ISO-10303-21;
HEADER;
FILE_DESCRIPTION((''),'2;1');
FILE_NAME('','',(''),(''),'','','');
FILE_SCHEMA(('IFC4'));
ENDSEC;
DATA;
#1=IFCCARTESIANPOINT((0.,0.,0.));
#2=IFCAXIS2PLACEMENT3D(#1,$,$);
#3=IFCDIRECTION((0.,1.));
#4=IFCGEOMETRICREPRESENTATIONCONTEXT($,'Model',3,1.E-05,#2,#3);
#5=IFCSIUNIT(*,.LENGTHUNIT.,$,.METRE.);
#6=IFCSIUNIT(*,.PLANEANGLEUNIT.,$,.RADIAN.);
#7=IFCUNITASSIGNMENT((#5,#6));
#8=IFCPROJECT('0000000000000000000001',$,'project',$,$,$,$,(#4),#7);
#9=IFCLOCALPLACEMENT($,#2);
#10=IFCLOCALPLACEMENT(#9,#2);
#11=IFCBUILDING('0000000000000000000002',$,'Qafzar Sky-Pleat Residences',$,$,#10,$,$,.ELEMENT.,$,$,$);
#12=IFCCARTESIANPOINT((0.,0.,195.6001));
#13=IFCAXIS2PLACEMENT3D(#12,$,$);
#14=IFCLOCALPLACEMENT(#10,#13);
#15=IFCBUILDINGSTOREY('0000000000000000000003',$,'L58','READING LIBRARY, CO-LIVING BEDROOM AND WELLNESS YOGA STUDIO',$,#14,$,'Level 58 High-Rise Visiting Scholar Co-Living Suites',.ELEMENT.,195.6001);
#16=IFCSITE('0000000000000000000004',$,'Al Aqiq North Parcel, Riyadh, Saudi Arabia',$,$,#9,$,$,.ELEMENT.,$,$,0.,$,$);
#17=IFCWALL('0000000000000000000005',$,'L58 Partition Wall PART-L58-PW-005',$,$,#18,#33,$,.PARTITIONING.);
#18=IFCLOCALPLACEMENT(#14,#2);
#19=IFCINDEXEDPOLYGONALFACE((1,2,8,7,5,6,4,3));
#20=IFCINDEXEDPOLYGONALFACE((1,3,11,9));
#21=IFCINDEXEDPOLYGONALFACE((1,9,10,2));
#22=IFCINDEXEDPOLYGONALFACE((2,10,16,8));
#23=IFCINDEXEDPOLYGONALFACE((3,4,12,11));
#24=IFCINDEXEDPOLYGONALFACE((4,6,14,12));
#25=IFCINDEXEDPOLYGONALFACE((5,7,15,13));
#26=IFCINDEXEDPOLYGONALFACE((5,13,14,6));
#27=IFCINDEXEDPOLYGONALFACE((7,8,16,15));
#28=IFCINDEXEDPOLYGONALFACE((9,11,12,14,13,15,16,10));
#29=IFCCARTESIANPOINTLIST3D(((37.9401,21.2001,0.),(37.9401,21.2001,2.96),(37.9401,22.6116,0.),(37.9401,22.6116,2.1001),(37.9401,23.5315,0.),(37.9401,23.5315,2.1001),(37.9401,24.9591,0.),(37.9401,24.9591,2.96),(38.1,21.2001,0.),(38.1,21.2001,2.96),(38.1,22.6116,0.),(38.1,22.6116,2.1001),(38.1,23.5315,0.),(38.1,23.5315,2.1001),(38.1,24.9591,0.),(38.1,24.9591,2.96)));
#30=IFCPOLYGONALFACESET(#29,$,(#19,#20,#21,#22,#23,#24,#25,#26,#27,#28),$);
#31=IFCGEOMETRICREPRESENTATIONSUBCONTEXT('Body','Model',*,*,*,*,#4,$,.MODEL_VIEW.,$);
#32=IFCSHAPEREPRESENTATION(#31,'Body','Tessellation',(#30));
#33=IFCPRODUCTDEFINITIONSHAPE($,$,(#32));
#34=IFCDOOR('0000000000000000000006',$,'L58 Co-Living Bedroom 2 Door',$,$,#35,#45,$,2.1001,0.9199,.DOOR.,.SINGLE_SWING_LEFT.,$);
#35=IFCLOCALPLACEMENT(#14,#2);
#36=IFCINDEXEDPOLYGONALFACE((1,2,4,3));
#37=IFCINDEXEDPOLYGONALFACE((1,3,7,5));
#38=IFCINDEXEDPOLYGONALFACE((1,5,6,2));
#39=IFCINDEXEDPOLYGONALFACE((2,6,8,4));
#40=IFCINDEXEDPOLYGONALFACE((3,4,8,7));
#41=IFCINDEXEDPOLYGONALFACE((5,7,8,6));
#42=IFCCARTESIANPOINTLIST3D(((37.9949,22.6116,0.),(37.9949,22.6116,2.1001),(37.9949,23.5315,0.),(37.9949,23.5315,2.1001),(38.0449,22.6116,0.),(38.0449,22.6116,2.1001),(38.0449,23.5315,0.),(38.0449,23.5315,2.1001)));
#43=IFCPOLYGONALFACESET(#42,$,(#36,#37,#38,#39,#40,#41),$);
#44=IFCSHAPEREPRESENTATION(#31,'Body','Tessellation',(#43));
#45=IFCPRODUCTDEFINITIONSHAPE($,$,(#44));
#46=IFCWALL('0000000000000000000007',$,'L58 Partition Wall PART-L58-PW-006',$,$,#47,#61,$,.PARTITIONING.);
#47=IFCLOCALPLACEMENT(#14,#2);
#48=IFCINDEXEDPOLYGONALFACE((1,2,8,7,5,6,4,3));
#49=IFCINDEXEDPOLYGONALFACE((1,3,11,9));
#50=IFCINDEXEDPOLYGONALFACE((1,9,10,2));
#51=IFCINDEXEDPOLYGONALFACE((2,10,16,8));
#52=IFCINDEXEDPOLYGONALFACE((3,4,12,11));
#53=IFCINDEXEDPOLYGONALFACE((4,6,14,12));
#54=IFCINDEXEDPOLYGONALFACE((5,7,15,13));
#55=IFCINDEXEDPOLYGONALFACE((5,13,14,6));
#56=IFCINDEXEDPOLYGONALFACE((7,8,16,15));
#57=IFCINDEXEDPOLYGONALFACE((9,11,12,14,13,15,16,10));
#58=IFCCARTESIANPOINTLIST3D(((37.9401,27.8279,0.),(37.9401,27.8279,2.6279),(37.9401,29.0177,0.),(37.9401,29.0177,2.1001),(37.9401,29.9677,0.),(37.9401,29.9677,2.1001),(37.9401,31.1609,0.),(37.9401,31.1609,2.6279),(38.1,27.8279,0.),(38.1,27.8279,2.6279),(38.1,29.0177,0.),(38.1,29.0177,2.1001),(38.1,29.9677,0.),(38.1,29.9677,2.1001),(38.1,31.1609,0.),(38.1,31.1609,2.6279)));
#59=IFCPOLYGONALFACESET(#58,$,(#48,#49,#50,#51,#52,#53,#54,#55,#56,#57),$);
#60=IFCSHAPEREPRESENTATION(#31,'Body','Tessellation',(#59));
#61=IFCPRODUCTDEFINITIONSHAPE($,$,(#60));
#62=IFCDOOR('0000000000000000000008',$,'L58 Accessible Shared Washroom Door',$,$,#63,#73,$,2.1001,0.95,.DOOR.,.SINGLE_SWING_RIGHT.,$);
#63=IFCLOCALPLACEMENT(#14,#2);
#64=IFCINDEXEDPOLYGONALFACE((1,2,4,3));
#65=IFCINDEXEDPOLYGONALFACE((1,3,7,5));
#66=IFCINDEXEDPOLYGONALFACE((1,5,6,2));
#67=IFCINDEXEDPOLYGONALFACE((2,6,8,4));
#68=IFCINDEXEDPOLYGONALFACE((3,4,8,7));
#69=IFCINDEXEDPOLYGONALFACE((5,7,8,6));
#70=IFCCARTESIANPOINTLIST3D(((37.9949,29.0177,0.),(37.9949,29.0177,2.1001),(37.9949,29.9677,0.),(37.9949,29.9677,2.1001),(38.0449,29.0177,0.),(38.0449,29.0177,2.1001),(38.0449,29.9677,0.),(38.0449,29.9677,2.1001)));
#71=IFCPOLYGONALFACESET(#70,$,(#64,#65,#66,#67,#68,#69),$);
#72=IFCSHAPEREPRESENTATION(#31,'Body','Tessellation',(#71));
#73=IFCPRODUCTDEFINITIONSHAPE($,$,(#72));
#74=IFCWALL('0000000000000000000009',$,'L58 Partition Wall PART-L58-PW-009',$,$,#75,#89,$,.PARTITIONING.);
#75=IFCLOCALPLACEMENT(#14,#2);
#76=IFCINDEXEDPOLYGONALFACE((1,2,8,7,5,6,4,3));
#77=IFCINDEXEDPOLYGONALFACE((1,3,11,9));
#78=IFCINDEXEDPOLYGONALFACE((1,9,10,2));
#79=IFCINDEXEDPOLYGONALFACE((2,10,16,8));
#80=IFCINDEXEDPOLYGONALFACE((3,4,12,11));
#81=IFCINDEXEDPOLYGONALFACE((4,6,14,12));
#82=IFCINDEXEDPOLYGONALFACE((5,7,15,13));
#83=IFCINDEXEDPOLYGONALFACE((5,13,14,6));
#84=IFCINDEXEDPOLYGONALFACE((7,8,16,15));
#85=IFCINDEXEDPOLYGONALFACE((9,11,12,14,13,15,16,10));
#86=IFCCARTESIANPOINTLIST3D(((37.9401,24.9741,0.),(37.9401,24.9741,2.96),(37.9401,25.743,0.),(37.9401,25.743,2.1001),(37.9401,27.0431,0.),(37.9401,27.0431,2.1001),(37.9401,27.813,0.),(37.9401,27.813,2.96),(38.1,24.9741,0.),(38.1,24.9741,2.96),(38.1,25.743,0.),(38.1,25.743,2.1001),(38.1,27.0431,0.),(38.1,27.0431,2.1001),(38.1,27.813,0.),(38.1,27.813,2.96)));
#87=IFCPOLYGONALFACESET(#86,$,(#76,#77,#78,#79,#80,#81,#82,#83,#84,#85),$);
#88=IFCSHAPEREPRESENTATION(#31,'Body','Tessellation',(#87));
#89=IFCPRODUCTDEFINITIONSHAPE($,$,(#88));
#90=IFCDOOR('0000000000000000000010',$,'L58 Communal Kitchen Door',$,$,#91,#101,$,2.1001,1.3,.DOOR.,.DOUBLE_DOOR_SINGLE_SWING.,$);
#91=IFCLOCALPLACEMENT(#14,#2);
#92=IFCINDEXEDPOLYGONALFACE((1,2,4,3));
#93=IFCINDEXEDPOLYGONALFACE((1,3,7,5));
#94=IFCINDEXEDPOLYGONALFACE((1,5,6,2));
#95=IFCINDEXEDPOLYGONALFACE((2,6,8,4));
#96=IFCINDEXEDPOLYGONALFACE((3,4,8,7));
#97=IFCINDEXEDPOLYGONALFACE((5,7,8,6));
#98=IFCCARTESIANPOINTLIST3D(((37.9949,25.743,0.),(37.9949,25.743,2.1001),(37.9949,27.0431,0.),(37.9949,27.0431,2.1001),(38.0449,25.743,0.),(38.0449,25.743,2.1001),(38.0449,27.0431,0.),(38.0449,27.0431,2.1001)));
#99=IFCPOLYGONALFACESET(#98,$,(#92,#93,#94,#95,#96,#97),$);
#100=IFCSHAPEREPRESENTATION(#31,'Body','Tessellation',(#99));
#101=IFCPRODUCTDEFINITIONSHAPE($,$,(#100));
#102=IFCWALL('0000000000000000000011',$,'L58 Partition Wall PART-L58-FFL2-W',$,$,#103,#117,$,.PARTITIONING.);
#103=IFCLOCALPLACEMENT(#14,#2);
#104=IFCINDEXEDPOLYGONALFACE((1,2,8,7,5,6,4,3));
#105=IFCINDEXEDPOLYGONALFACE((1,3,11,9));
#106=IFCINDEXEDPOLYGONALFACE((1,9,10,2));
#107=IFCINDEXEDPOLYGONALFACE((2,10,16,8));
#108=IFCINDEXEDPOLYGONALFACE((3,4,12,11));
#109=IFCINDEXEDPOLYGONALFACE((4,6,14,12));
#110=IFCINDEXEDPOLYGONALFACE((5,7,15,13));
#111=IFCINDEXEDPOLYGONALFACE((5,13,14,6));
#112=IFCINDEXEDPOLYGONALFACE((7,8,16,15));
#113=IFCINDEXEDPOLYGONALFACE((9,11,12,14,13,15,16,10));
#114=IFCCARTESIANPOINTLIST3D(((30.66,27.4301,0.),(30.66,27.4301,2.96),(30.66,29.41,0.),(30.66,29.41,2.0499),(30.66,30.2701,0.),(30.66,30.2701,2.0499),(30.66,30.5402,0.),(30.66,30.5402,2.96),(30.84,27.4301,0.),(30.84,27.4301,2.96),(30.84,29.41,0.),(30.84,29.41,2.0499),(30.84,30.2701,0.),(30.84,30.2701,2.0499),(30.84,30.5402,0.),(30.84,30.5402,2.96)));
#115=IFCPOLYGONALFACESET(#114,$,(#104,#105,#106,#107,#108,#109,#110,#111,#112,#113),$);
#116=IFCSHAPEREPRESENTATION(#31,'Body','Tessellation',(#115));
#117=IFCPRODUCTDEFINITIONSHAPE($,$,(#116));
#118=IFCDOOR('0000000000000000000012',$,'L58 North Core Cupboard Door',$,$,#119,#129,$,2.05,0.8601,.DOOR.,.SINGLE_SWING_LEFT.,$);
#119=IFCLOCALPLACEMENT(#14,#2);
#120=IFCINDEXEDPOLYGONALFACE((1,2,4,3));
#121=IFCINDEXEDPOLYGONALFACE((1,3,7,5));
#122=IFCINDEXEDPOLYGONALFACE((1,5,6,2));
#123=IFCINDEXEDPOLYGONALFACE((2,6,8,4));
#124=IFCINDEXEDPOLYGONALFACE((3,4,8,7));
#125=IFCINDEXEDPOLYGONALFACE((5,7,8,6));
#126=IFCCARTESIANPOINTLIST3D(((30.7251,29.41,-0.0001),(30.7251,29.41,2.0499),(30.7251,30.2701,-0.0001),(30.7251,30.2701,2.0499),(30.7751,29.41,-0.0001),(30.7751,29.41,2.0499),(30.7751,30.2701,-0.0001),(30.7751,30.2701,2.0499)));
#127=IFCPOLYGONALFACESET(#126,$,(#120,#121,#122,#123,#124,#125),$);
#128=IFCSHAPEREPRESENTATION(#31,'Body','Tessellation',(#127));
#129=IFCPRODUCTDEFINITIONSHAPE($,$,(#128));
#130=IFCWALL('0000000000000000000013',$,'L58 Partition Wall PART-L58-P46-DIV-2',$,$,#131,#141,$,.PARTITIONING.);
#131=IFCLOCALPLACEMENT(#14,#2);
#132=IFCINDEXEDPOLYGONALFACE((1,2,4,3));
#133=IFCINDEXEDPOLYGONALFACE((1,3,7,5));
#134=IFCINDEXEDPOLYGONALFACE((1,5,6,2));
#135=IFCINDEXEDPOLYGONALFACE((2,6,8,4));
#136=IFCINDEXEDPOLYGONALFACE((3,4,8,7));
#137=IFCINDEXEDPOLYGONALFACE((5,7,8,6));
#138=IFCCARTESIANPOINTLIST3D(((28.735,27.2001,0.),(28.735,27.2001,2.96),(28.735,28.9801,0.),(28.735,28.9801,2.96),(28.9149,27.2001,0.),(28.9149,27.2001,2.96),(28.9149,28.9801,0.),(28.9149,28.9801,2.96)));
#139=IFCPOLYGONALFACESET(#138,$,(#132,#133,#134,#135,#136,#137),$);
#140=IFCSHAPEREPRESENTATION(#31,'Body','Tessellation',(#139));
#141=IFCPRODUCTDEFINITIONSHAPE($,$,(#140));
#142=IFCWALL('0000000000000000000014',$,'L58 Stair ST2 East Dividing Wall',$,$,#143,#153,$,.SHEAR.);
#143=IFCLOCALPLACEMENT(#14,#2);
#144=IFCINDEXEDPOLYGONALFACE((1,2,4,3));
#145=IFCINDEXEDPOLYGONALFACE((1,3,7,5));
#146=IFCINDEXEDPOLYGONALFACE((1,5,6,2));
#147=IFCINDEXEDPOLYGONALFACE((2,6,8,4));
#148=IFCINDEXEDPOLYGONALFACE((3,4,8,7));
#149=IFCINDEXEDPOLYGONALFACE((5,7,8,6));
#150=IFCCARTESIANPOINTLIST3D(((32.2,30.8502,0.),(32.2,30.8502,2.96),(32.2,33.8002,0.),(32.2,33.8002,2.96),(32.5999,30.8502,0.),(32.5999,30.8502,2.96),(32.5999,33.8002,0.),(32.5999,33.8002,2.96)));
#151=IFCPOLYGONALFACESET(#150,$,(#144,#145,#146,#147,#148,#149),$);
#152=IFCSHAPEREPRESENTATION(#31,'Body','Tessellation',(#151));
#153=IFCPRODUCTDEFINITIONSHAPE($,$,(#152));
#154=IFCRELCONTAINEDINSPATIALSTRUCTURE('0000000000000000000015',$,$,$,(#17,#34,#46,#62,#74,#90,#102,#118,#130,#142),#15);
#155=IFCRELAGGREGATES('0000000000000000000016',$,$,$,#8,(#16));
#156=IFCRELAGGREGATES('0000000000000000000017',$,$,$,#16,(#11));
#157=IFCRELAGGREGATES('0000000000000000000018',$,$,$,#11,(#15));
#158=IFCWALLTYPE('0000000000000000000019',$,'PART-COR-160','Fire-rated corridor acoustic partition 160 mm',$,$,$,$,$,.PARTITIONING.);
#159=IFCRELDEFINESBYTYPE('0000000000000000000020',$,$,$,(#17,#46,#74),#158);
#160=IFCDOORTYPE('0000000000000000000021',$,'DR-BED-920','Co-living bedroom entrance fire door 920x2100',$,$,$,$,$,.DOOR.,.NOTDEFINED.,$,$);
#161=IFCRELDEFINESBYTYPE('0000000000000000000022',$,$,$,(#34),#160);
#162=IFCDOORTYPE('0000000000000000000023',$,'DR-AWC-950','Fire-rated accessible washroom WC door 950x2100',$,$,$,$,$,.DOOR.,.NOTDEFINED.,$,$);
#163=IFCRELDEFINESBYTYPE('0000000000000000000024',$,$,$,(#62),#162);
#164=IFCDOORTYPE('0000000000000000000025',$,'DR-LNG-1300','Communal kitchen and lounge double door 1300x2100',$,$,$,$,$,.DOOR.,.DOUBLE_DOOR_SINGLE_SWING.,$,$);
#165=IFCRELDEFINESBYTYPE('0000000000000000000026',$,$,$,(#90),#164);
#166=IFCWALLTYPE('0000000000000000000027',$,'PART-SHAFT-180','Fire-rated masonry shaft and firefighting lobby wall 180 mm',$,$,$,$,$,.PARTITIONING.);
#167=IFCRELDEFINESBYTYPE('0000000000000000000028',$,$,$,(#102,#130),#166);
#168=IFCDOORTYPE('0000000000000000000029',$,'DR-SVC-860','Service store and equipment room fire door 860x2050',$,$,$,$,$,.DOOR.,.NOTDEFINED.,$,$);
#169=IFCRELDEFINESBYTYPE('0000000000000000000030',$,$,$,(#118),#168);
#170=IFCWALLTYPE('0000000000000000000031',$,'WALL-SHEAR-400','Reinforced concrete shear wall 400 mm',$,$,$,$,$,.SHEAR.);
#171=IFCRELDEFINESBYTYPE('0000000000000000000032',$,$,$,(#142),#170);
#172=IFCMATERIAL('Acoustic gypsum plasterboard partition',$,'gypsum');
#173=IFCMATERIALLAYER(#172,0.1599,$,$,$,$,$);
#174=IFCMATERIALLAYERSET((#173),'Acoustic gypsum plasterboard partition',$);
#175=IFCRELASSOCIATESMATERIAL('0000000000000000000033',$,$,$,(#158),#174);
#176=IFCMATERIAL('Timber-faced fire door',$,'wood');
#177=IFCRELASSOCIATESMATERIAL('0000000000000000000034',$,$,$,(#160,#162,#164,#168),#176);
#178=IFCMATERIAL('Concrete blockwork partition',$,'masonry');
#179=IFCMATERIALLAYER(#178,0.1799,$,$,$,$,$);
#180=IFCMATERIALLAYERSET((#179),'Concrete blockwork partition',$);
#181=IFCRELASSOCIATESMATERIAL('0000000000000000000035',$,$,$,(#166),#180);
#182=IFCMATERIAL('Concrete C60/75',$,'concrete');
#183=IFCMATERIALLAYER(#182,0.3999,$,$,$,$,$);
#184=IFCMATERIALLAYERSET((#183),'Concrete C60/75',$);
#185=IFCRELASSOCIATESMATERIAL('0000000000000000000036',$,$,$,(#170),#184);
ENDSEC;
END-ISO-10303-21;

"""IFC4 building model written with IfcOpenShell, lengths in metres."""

from ifc_helpers import new_model, si_unit, direction, frame, frame_2d, origin, place, context, subcontext, project, spatial, rectangle, extrude, source, transform, mapped, material, layer, layer_set, type_object, element, fill, save


model = new_model("IFC4")

# Units and contexts
model_context = context("Model", 3, precision=1e-05, world=origin(), true_north=direction((0.0, 1.0)))
body_context = subcontext(model_context, "Body", "Model", "MODEL_VIEW")
ifc_project = project(units=[si_unit("LENGTHUNIT", "METRE"), si_unit("PLANEANGLEUNIT", "RADIAN")], contexts=[model_context])

# Site, building, storey
site_placement = place(None, origin())
site = spatial("IfcSite", under=ifc_project, at=site_placement, Name="Al Aqiq North Parcel, Riyadh, Saudi Arabia", CompositionType="ELEMENT", RefElevation=0.0)
building_placement = place(site_placement, origin())
building = spatial("IfcBuilding", under=site, at=building_placement, Name="Qafzar Sky-Pleat Residences", CompositionType="ELEMENT")
storey_placement = place(building_placement, frame((0.0, 0.0, 195.6001)))
storey = spatial("IfcBuildingStorey", under=building, at=storey_placement, Name="L58", Description="READING LIBRARY, CO-LIVING BEDROOM AND WELLNESS YOGA STUDIO", LongName="Level 58 High-Rise Visiting Scholar Co-Living Suites", CompositionType="ELEMENT", Elevation=195.6001)

# Walls, openings, doors
ifc_material_1 = material(Name="Acoustic gypsum plasterboard partition", Category="gypsum")
ifc_layer_1 = layer(ifc_material_1, 0.1599)
ifc_layer_set_1 = layer_set([ifc_layer_1], Name="Acoustic gypsum plasterboard partition")
wall_type_1 = type_object("IfcWallType", Name="PART-COR-160", Description="Fire-rated corridor acoustic partition 160 mm", PredefinedType="PARTITIONING", material=ifc_layer_set_1)
wall_1_placement = place(storey_placement, frame((38.02, 24.959, 0.0), z_axis=(0.0, 0.0, 1.0), x_axis=(0.0, -1.0, 0.0)))
wall_1 = element("IfcWall", 1, at=wall_1_placement, inside=storey, type_object=wall_type_1, Name="L58 Partition Wall PART-L58-PW-005", PredefinedType="PARTITIONING", context=body_context, shape_type="SweptSolid", body=[
    extrude(rectangle(XDim=3.759, YDim=0.1599, at=frame_2d((1.8794, 0.0))), origin(), (0.0, 0.0, 1.0), 2.96),
])
opening_1_placement = place(wall_1_placement, frame((1.4275, 0.0, 0.0)))
opening_1 = element("IfcOpeningElement", 2, at=opening_1_placement, cuts=wall_1, PredefinedType="OPENING", context=body_context, shape_type="SweptSolid", body=[
    extrude(rectangle(XDim=0.9199, YDim=2.1001, at=frame_2d((0.46, 1.05))), frame((0.0, 0.0898, 0.0), z_axis=(0.0, -1.0, 0.0), x_axis=(1.0, 0.0, 0.0)), (0.0, 0.0, 1.0), 0.1799),
])
ifc_material_2 = material(Name="Timber-faced fire door", Category="wood")
door_type_1 = type_object("IfcDoorType", Name="DR-BED-920", Description="Co-living bedroom entrance fire door 920x2100", OperationType="NOTDEFINED", PredefinedType="DOOR", material=ifc_material_2)
shared_shape_1 = source(origin(), body_context, "Body", "SweptSolid", [
    extrude(rectangle(XDim=0.9199, YDim=2.1001, at=frame_2d((0.46, 1.05))), frame((0.0, 0.0249, 0.0), z_axis=(0.0, -1.0, 0.0), x_axis=(1.0, 0.0, 0.0)), (0.0, 0.0, 1.0), 0.05),
])
door_1_placement = place(opening_1_placement, origin())
door_1 = element("IfcDoor", 3, at=door_1_placement, inside=storey, type_object=door_type_1, Name="L58 Co-Living Bedroom 2 Door", OperationType="SINGLE_SWING_LEFT", OverallHeight=2.1001, OverallWidth=0.9199, PredefinedType="DOOR", context=body_context, shape_type="MappedRepresentation", body=[
    mapped(shared_shape_1, transform((0.0, 0.0, 0.0), x_axis=(1.0, 0.0, 0.0), y_axis=(0.0, 1.0, 0.0), z_axis=(0.0, 0.0, 1.0), scale=1.0)),
])
fill(opening_1, door_1)
wall_2_placement = place(storey_placement, frame((38.02, 31.1609, 0.0), z_axis=(0.0, 0.0, 1.0), x_axis=(0.0, -1.0, 0.0)))
wall_2 = element("IfcWall", 4, at=wall_2_placement, inside=storey, type_object=wall_type_1, Name="L58 Partition Wall PART-L58-PW-006", PredefinedType="PARTITIONING", context=body_context, shape_type="SweptSolid", body=[
    extrude(rectangle(XDim=3.333, YDim=0.1599, at=frame_2d((1.6665, 0.0))), origin(), (0.0, 0.0, 1.0), 2.6279),
])
opening_2_placement = place(wall_2_placement, frame((1.1931, 0.0, 0.0)))
opening_2 = element("IfcOpeningElement", 5, at=opening_2_placement, cuts=wall_2, PredefinedType="OPENING", context=body_context, shape_type="SweptSolid", body=[
    extrude(rectangle(XDim=0.95, YDim=2.1001, at=frame_2d((0.4751, 1.05))), frame((0.0, 0.0898, 0.0), z_axis=(0.0, -1.0, 0.0), x_axis=(1.0, 0.0, 0.0)), (0.0, 0.0, 1.0), 0.1799),
])
door_type_2 = type_object("IfcDoorType", Name="DR-AWC-950", Description="Fire-rated accessible washroom WC door 950x2100", OperationType="NOTDEFINED", PredefinedType="DOOR", material=ifc_material_2)
shared_shape_2 = source(origin(), body_context, "Body", "SweptSolid", [
    extrude(rectangle(XDim=0.95, YDim=2.1001, at=frame_2d((0.4751, 1.05))), frame((0.0, 0.0249, 0.0), z_axis=(0.0, -1.0, 0.0), x_axis=(1.0, 0.0, 0.0)), (0.0, 0.0, 1.0), 0.05),
])
door_2_placement = place(opening_2_placement, origin())
door_2 = element("IfcDoor", 6, at=door_2_placement, inside=storey, type_object=door_type_2, Name="L58 Accessible Shared Washroom Door", OperationType="SINGLE_SWING_RIGHT", OverallHeight=2.1001, OverallWidth=0.95, PredefinedType="DOOR", context=body_context, shape_type="MappedRepresentation", body=[
    mapped(shared_shape_2, transform((0.0, 0.0, 0.0), x_axis=(1.0, 0.0, 0.0), y_axis=(0.0, 1.0, 0.0), z_axis=(0.0, 0.0, 1.0), scale=1.0)),
])
fill(opening_2, door_2)
wall_3_placement = place(storey_placement, frame((38.02, 27.813, 0.0), z_axis=(0.0, 0.0, 1.0), x_axis=(0.0, -1.0, 0.0)))
wall_3 = element("IfcWall", 7, at=wall_3_placement, inside=storey, type_object=wall_type_1, Name="L58 Partition Wall PART-L58-PW-009", PredefinedType="PARTITIONING", context=body_context, shape_type="SweptSolid", body=[
    extrude(rectangle(XDim=2.8389, YDim=0.1599, at=frame_2d((1.4194, 0.0))), origin(), (0.0, 0.0, 1.0), 2.96),
])
opening_3_placement = place(wall_3_placement, frame((0.77, 0.0, 0.0)))
opening_3 = element("IfcOpeningElement", 8, at=opening_3_placement, cuts=wall_3, PredefinedType="OPENING", context=body_context, shape_type="SweptSolid", body=[
    extrude(rectangle(XDim=1.3, YDim=2.1001, at=frame_2d((0.6499, 1.05))), frame((0.0, 0.0898, 0.0), z_axis=(0.0, -1.0, 0.0), x_axis=(1.0, 0.0, 0.0)), (0.0, 0.0, 1.0), 0.1799),
])
door_type_3 = type_object("IfcDoorType", Name="DR-LNG-1300", Description="Communal kitchen and lounge double door 1300x2100", OperationType="DOUBLE_DOOR_SINGLE_SWING", PredefinedType="DOOR", material=ifc_material_2)
shared_shape_3 = source(origin(), body_context, "Body", "SweptSolid", [
    extrude(rectangle(XDim=1.3, YDim=2.1001, at=frame_2d((0.6499, 1.05))), frame((0.0, 0.0249, 0.0), z_axis=(0.0, -1.0, 0.0), x_axis=(1.0, 0.0, 0.0)), (0.0, 0.0, 1.0), 0.05),
])
door_3_placement = place(opening_3_placement, origin())
door_3 = element("IfcDoor", 9, at=door_3_placement, inside=storey, type_object=door_type_3, Name="L58 Communal Kitchen Door", OperationType="DOUBLE_DOOR_SINGLE_SWING", OverallHeight=2.1001, OverallWidth=1.3, PredefinedType="DOOR", context=body_context, shape_type="MappedRepresentation", body=[
    mapped(shared_shape_3, transform((0.0, 0.0, 0.0), x_axis=(1.0, 0.0, 0.0), y_axis=(0.0, 1.0, 0.0), z_axis=(0.0, 0.0, 1.0), scale=1.0)),
])
fill(opening_3, door_3)
ifc_material_3 = material(Name="Concrete blockwork partition", Category="masonry")
ifc_layer_2 = layer(ifc_material_3, 0.1799)
ifc_layer_set_2 = layer_set([ifc_layer_2], Name="Concrete blockwork partition")
wall_type_2 = type_object("IfcWallType", Name="PART-SHAFT-180", Description="Fire-rated masonry shaft and firefighting lobby wall 180 mm", PredefinedType="PARTITIONING", material=ifc_layer_set_2)
wall_4_placement = place(storey_placement, frame((30.75, 27.4299, 0.0), z_axis=(0.0, 0.0, 1.0), x_axis=(0.0, 1.0, 0.0)))
wall_4 = element("IfcWall", 10, at=wall_4_placement, inside=storey, type_object=wall_type_2, Name="L58 Partition Wall PART-L58-FFL2-W", PredefinedType="PARTITIONING", context=body_context, shape_type="SweptSolid", body=[
    extrude(rectangle(XDim=3.1101, YDim=0.1799, at=frame_2d((1.5552, 0.0))), origin(), (0.0, 0.0, 1.0), 2.96),
])
opening_4_placement = place(wall_4_placement, frame((1.98, 0.0, 0.0)))
opening_4 = element("IfcOpeningElement", 11, at=opening_4_placement, cuts=wall_4, PredefinedType="OPENING", context=body_context, shape_type="SweptSolid", body=[
    extrude(rectangle(XDim=0.8601, YDim=2.05, at=frame_2d((0.4302, 1.0249))), frame((0.0, 0.1001, 0.0), z_axis=(0.0, -1.0, 0.0), x_axis=(1.0, 0.0, 0.0)), (0.0, 0.0, 1.0), 0.2),
])
door_type_4 = type_object("IfcDoorType", Name="DR-SVC-860", Description="Service store and equipment room fire door 860x2050", OperationType="NOTDEFINED", PredefinedType="DOOR", material=ifc_material_2)
shared_shape_4 = source(origin(), body_context, "Body", "SweptSolid", [
    extrude(rectangle(XDim=0.8601, YDim=2.05, at=frame_2d((0.4302, 1.0249))), frame((0.0, 0.0249, 0.0), z_axis=(0.0, -1.0, 0.0), x_axis=(1.0, 0.0, 0.0)), (0.0, 0.0, 1.0), 0.05),
])
door_4_placement = place(opening_4_placement, origin())
door_4 = element("IfcDoor", 12, at=door_4_placement, inside=storey, type_object=door_type_4, Name="L58 North Core Cupboard Door", OperationType="SINGLE_SWING_LEFT", OverallHeight=2.05, OverallWidth=0.8601, PredefinedType="DOOR", context=body_context, shape_type="MappedRepresentation", body=[
    mapped(shared_shape_4, transform((0.0, 0.0, 0.0), x_axis=(1.0, 0.0, 0.0), y_axis=(0.0, 1.0, 0.0), z_axis=(0.0, 0.0, 1.0), scale=1.0)),
])
fill(opening_4, door_4)

# Walls
wall_5_placement = place(storey_placement, frame((28.825, 27.2, 0.0), z_axis=(0.0, 0.0, 1.0), x_axis=(0.0, 1.0, 0.0)))
element("IfcWall", 13, at=wall_5_placement, inside=storey, type_object=wall_type_2, Name="L58 Partition Wall PART-L58-P46-DIV-2", PredefinedType="PARTITIONING", context=body_context, shape_type="SweptSolid", body=[
    extrude(rectangle(XDim=1.78, YDim=0.1799, at=frame_2d((0.8901, 0.0))), origin(), (0.0, 0.0, 1.0), 2.96),
])
ifc_material_4 = material(Name="Concrete C60/75", Category="concrete")
ifc_layer_3 = layer(ifc_material_4, 0.3999)
ifc_layer_set_3 = layer_set([ifc_layer_3], Name="Concrete C60/75")
wall_type_3 = type_object("IfcWallType", Name="WALL-SHEAR-400", Description="Reinforced concrete shear wall 400 mm", PredefinedType="SHEAR", material=ifc_layer_set_3)
wall_6_placement = place(storey_placement, frame((32.3999, 30.8501, 0.0), z_axis=(0.0, 0.0, 1.0), x_axis=(0.0, 1.0, 0.0)))
element("IfcWall", 14, at=wall_6_placement, inside=storey, type_object=wall_type_3, Name="L58 Stair ST2 East Dividing Wall", PredefinedType="SHEAR", context=body_context, shape_type="SweptSolid", body=[
    extrude(rectangle(XDim=2.95, YDim=0.3999, at=frame_2d((1.4751, 0.0))), origin(), (0.0, 0.0, 1.0), 2.96),
])

save(model, "model.ifc")
